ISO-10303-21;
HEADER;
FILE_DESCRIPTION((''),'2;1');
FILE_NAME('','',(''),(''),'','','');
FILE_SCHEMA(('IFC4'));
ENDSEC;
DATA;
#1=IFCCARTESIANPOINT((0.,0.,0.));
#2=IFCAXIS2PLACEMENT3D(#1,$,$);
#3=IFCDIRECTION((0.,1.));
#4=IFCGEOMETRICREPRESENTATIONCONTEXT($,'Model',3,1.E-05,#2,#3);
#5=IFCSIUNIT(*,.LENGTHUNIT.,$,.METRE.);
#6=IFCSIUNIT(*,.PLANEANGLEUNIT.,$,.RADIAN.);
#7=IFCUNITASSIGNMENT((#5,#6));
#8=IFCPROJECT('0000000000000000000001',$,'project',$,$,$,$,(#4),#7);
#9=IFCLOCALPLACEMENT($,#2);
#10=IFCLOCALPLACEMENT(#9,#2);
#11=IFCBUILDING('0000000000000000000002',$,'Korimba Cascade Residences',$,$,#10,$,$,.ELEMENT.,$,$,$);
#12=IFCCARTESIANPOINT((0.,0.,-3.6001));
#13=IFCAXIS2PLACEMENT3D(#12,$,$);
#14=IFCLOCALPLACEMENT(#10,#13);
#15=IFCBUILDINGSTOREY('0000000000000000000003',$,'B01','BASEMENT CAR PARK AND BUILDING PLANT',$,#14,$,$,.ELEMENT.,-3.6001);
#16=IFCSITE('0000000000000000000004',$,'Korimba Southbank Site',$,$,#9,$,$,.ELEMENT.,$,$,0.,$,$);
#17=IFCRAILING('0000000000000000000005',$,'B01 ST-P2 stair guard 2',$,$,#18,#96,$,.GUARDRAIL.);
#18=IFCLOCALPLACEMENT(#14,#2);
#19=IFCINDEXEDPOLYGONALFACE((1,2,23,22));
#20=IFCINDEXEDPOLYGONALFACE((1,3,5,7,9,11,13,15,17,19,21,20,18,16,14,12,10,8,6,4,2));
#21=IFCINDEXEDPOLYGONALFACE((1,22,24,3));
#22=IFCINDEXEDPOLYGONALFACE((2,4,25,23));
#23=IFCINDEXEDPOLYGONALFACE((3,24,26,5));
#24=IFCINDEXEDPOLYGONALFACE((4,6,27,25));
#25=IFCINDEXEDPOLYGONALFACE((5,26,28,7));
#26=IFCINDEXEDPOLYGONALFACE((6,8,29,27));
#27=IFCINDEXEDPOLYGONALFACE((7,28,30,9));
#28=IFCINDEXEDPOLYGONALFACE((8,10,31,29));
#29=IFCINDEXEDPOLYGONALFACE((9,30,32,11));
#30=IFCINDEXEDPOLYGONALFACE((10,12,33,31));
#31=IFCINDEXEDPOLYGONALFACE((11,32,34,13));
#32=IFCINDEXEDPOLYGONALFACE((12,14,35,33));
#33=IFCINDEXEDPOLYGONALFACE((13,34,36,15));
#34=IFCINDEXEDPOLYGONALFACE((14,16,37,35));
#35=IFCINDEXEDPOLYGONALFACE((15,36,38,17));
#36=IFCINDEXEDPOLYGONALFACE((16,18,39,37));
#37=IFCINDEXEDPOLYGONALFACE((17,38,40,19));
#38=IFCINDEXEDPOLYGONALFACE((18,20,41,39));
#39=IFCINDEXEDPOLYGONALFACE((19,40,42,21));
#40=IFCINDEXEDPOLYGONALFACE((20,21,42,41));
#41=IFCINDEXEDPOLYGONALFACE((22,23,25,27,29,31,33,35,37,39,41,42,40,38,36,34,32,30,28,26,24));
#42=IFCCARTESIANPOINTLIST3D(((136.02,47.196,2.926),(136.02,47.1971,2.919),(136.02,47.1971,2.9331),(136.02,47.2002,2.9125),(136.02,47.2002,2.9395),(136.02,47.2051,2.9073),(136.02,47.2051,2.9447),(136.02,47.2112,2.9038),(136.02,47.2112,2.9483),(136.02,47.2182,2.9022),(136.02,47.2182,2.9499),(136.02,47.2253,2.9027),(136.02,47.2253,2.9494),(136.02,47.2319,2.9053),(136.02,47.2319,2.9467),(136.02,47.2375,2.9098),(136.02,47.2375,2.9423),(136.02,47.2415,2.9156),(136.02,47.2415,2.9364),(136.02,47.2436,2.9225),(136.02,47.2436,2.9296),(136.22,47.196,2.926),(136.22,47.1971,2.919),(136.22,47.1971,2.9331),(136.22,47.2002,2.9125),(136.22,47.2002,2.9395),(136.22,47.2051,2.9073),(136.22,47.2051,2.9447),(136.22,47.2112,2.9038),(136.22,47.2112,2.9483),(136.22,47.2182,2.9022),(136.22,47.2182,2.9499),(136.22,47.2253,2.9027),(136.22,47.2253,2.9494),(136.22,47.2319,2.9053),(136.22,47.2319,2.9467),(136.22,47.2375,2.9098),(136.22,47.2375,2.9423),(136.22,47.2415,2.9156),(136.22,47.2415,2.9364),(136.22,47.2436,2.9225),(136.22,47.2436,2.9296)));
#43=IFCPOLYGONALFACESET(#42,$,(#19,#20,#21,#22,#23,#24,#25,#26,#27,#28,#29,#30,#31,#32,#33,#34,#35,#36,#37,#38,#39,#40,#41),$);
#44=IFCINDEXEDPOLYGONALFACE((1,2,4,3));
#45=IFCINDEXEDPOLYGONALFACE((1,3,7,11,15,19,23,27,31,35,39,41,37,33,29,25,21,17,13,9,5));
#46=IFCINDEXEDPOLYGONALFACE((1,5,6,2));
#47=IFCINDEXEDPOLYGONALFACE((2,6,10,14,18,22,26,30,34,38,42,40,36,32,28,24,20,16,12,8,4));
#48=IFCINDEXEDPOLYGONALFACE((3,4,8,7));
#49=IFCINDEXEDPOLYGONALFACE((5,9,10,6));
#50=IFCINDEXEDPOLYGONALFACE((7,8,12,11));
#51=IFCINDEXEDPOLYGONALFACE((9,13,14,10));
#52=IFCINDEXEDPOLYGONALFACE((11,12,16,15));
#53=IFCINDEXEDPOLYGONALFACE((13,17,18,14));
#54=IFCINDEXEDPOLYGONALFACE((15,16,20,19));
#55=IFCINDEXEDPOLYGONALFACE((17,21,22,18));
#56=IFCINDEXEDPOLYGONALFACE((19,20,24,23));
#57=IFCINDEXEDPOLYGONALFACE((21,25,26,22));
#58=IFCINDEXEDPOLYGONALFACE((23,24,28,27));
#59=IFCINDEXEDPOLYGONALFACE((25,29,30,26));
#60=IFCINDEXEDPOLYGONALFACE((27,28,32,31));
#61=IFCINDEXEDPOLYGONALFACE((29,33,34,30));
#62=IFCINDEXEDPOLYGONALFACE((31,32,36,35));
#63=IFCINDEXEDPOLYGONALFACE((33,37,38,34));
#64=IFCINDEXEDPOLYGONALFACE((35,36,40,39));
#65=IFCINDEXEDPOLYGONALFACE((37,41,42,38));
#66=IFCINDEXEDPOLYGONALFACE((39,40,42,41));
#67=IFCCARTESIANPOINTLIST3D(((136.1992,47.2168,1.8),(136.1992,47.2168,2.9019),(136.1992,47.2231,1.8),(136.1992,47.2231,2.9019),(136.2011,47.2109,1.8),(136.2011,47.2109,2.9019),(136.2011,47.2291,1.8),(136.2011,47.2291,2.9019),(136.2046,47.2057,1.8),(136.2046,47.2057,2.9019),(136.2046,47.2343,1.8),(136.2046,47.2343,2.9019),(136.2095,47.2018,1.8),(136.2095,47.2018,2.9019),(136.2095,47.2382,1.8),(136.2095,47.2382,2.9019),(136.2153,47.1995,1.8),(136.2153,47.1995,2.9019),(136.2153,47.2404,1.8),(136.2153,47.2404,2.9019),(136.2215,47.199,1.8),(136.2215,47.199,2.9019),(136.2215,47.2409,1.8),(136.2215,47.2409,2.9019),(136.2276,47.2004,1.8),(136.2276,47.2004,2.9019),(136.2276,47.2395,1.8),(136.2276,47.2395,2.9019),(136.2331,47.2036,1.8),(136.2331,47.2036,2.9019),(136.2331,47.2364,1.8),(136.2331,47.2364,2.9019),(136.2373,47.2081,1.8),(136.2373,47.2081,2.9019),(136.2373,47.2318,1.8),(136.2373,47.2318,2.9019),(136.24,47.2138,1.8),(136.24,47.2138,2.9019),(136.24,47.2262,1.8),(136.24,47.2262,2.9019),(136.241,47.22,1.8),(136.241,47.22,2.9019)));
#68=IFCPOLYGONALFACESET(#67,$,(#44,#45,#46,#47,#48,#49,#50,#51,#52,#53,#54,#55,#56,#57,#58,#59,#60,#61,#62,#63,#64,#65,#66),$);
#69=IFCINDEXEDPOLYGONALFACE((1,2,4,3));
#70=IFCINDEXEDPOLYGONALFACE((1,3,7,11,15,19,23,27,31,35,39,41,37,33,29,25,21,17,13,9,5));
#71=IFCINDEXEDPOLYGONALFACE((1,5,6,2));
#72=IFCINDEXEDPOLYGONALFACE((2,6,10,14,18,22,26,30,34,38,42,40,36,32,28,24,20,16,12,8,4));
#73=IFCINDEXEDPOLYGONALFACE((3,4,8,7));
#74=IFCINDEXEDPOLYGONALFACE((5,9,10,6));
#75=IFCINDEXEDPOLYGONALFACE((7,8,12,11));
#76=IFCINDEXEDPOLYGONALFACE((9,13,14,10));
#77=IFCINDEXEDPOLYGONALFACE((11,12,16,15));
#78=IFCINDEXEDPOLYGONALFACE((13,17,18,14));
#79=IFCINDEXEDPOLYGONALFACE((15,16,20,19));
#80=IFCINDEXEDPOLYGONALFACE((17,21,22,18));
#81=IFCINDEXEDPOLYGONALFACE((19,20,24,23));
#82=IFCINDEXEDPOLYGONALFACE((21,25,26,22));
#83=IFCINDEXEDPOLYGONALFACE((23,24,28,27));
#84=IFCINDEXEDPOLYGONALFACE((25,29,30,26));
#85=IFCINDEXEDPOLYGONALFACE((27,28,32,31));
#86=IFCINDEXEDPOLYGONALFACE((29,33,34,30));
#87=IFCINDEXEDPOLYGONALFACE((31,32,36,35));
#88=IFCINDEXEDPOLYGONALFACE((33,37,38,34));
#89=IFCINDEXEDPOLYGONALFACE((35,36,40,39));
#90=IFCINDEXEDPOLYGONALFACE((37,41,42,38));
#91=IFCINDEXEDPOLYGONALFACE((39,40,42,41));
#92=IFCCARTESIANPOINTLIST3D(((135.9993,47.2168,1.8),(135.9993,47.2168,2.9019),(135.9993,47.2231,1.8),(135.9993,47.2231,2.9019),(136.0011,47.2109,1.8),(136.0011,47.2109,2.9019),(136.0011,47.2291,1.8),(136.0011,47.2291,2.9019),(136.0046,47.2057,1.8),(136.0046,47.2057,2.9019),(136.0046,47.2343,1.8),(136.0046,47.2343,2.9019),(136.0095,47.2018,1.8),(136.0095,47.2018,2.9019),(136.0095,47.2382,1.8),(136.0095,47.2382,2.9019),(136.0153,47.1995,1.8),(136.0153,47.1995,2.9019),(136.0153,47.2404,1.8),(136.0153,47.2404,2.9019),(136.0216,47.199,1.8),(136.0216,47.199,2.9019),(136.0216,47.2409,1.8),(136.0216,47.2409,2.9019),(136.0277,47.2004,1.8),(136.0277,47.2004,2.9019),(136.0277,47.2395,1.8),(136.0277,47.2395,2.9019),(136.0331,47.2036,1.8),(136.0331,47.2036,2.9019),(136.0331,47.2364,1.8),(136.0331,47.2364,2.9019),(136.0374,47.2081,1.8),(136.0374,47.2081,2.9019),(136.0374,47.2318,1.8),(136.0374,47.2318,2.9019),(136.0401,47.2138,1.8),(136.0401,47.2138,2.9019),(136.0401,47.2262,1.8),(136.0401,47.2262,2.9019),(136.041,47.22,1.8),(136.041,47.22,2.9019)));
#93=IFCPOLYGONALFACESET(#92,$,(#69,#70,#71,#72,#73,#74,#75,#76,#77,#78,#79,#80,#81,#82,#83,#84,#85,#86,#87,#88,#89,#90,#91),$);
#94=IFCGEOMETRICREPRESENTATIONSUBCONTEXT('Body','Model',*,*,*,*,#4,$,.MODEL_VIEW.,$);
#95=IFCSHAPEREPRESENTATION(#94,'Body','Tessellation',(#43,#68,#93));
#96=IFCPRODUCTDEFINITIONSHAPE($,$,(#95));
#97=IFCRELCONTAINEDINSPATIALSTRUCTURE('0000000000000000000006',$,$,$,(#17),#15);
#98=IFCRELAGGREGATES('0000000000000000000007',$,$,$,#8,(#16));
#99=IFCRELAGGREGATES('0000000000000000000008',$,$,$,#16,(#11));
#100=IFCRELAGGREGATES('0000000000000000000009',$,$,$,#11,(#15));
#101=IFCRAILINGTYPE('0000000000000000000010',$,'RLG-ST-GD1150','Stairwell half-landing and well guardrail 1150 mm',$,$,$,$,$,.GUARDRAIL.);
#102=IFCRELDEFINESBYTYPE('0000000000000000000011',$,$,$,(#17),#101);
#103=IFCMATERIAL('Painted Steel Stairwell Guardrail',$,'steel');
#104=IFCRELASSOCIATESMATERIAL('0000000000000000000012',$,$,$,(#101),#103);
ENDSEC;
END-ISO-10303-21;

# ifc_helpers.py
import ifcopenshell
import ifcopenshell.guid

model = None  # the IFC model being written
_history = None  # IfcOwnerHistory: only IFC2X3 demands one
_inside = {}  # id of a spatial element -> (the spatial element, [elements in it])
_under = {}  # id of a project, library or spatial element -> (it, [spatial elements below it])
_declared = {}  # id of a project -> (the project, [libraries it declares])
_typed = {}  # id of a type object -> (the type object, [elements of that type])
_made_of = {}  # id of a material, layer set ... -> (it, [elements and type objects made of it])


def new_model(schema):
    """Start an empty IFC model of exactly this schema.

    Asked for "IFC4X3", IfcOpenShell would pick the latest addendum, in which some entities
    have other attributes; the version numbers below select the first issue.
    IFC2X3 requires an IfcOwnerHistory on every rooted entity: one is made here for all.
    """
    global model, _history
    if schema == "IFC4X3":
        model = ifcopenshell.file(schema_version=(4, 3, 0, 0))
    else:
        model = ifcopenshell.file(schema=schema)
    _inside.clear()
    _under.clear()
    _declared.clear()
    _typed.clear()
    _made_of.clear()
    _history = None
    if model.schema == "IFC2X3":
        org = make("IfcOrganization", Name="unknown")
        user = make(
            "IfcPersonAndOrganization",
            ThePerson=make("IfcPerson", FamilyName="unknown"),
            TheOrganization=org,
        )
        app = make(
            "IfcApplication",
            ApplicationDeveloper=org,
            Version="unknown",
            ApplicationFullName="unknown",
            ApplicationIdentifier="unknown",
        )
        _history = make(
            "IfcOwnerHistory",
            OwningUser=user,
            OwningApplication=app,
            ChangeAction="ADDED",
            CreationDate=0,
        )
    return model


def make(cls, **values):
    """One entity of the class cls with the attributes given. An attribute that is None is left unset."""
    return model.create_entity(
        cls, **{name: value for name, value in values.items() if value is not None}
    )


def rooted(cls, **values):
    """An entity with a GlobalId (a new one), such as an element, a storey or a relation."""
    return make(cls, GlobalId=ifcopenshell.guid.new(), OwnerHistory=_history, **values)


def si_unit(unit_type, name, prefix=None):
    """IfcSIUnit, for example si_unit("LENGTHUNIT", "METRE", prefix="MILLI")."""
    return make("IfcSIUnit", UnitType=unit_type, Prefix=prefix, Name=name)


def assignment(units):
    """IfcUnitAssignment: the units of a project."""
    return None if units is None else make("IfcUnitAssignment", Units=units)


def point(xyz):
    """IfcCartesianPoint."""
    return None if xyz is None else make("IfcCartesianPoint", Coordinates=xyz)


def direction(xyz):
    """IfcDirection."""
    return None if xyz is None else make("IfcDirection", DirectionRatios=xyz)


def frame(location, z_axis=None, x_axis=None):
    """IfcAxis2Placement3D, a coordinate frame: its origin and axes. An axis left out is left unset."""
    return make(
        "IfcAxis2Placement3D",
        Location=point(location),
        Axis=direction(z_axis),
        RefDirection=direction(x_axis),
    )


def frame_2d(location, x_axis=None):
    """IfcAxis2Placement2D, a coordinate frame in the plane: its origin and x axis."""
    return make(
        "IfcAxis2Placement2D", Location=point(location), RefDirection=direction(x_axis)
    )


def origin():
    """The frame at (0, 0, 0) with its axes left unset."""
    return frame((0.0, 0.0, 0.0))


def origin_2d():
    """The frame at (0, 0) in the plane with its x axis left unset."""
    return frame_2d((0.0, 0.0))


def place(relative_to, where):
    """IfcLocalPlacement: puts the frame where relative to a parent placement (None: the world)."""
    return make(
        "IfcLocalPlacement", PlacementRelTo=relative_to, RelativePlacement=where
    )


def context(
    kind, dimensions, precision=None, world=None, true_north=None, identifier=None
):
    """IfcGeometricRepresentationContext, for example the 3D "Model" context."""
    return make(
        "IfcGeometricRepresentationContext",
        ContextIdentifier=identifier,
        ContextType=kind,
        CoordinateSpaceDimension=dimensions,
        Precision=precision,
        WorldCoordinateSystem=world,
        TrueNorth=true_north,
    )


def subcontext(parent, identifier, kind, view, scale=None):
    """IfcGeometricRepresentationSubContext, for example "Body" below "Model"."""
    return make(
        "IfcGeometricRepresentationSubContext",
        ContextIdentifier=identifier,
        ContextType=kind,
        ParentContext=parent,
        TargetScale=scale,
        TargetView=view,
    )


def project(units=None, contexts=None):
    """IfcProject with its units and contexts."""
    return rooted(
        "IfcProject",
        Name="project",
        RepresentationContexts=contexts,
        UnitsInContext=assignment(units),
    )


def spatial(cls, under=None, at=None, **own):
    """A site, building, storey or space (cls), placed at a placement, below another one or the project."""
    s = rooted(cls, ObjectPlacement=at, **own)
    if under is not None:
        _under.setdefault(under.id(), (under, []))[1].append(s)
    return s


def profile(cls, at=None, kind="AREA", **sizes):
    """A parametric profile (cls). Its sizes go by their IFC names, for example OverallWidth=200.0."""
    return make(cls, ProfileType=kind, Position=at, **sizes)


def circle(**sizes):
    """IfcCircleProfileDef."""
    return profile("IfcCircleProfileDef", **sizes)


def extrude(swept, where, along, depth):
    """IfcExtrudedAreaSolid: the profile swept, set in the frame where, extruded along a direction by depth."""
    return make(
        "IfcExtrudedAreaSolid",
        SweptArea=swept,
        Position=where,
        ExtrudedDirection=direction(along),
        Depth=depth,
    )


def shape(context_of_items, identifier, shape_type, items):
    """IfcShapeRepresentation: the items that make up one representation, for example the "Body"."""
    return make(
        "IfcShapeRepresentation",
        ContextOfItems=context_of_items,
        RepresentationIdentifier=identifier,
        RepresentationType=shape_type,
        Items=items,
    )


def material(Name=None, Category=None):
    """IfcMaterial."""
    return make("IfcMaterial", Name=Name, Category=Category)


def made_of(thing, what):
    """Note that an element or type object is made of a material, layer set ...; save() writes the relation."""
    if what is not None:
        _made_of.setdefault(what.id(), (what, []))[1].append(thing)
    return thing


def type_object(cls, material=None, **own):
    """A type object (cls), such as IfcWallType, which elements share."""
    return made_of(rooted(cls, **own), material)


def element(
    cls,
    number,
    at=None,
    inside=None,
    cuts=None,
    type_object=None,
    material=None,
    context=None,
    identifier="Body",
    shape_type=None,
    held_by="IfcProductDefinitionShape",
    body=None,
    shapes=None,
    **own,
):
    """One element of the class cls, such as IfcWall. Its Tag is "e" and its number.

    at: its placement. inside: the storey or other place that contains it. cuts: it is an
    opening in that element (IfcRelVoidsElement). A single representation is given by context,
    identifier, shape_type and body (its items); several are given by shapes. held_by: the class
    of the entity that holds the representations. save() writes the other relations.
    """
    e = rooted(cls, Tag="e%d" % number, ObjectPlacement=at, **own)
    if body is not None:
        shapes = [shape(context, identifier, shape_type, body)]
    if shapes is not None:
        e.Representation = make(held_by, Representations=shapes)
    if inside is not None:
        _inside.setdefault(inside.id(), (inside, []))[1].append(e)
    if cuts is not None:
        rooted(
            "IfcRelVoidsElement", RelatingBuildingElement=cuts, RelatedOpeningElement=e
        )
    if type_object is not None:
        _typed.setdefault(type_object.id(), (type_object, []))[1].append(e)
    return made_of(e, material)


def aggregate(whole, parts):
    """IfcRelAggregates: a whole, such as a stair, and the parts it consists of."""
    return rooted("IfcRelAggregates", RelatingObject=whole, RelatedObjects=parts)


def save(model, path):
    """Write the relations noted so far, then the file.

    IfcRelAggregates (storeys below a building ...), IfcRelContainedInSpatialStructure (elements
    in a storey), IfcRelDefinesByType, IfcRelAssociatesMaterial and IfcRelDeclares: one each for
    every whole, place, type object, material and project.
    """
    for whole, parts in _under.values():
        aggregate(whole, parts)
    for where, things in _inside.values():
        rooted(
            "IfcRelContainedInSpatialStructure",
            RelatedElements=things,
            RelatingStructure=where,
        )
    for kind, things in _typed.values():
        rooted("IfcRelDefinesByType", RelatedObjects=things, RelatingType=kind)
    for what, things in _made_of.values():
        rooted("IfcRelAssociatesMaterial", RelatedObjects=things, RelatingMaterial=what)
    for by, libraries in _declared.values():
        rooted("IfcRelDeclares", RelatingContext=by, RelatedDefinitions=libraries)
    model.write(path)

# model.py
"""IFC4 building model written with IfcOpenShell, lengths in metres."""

from ifc_helpers import new_model, si_unit, direction, frame, origin, origin_2d, place, context, subcontext, project, spatial, circle, extrude, material, type_object, element, save


model = new_model("IFC4")

# Units and contexts
model_context = context("Model", 3, precision=1e-05, world=origin(), true_north=direction((0.0, 1.0)))
body_context = subcontext(model_context, "Body", "Model", "MODEL_VIEW")
ifc_project = project(units=[si_unit("LENGTHUNIT", "METRE"), si_unit("PLANEANGLEUNIT", "RADIAN")], contexts=[model_context])

# Site, building, storey
site_placement = place(None, origin())
site = spatial("IfcSite", under=ifc_project, at=site_placement, Name="Korimba Southbank Site", CompositionType="ELEMENT", RefElevation=0.0)
building_placement = place(site_placement, origin())
building = spatial("IfcBuilding", under=site, at=building_placement, Name="Korimba Cascade Residences", CompositionType="ELEMENT")
storey_placement = place(building_placement, frame((0.0, 0.0, -3.6001)))
storey = spatial("IfcBuildingStorey", under=building, at=storey_placement, Name="B01", Description="BASEMENT CAR PARK AND BUILDING PLANT", CompositionType="ELEMENT", Elevation=-3.6001)

# Railing
ifc_material_1 = material(Name="Painted Steel Stairwell Guardrail", Category="steel")
railing_type_1 = type_object("IfcRailingType", Name="RLG-ST-GD1150", Description="Stairwell half-landing and well guardrail 1150 mm", PredefinedType="GUARDRAIL", material=ifc_material_1)
railing_1_placement = place(storey_placement, frame((136.22, 47.22, 1.8)))
element("IfcRailing", 1, at=railing_1_placement, inside=storey, type_object=railing_type_1, Name="B01 ST-P2 stair guard 2", PredefinedType="GUARDRAIL", context=body_context, shape_type="SweptSolid", body=[
    extrude(circle(Radius=0.0239, at=origin_2d()), frame((0.0, 0.0, 1.126), z_axis=(-1.0, 0.0, 0.0), x_axis=(0.0, -1.0, 0.0)), (0.0, 0.0, 1.0), 0.2),
    extrude(circle(Radius=0.021, at=origin_2d()), origin(), (0.0, 0.0, 1.0), 1.1018),
    extrude(circle(Radius=0.021, at=origin_2d()), frame((-0.2, 0.0, 0.0)), (0.0, 0.0, 1.0), 1.1018),
])

save(model, "model.ifc")
